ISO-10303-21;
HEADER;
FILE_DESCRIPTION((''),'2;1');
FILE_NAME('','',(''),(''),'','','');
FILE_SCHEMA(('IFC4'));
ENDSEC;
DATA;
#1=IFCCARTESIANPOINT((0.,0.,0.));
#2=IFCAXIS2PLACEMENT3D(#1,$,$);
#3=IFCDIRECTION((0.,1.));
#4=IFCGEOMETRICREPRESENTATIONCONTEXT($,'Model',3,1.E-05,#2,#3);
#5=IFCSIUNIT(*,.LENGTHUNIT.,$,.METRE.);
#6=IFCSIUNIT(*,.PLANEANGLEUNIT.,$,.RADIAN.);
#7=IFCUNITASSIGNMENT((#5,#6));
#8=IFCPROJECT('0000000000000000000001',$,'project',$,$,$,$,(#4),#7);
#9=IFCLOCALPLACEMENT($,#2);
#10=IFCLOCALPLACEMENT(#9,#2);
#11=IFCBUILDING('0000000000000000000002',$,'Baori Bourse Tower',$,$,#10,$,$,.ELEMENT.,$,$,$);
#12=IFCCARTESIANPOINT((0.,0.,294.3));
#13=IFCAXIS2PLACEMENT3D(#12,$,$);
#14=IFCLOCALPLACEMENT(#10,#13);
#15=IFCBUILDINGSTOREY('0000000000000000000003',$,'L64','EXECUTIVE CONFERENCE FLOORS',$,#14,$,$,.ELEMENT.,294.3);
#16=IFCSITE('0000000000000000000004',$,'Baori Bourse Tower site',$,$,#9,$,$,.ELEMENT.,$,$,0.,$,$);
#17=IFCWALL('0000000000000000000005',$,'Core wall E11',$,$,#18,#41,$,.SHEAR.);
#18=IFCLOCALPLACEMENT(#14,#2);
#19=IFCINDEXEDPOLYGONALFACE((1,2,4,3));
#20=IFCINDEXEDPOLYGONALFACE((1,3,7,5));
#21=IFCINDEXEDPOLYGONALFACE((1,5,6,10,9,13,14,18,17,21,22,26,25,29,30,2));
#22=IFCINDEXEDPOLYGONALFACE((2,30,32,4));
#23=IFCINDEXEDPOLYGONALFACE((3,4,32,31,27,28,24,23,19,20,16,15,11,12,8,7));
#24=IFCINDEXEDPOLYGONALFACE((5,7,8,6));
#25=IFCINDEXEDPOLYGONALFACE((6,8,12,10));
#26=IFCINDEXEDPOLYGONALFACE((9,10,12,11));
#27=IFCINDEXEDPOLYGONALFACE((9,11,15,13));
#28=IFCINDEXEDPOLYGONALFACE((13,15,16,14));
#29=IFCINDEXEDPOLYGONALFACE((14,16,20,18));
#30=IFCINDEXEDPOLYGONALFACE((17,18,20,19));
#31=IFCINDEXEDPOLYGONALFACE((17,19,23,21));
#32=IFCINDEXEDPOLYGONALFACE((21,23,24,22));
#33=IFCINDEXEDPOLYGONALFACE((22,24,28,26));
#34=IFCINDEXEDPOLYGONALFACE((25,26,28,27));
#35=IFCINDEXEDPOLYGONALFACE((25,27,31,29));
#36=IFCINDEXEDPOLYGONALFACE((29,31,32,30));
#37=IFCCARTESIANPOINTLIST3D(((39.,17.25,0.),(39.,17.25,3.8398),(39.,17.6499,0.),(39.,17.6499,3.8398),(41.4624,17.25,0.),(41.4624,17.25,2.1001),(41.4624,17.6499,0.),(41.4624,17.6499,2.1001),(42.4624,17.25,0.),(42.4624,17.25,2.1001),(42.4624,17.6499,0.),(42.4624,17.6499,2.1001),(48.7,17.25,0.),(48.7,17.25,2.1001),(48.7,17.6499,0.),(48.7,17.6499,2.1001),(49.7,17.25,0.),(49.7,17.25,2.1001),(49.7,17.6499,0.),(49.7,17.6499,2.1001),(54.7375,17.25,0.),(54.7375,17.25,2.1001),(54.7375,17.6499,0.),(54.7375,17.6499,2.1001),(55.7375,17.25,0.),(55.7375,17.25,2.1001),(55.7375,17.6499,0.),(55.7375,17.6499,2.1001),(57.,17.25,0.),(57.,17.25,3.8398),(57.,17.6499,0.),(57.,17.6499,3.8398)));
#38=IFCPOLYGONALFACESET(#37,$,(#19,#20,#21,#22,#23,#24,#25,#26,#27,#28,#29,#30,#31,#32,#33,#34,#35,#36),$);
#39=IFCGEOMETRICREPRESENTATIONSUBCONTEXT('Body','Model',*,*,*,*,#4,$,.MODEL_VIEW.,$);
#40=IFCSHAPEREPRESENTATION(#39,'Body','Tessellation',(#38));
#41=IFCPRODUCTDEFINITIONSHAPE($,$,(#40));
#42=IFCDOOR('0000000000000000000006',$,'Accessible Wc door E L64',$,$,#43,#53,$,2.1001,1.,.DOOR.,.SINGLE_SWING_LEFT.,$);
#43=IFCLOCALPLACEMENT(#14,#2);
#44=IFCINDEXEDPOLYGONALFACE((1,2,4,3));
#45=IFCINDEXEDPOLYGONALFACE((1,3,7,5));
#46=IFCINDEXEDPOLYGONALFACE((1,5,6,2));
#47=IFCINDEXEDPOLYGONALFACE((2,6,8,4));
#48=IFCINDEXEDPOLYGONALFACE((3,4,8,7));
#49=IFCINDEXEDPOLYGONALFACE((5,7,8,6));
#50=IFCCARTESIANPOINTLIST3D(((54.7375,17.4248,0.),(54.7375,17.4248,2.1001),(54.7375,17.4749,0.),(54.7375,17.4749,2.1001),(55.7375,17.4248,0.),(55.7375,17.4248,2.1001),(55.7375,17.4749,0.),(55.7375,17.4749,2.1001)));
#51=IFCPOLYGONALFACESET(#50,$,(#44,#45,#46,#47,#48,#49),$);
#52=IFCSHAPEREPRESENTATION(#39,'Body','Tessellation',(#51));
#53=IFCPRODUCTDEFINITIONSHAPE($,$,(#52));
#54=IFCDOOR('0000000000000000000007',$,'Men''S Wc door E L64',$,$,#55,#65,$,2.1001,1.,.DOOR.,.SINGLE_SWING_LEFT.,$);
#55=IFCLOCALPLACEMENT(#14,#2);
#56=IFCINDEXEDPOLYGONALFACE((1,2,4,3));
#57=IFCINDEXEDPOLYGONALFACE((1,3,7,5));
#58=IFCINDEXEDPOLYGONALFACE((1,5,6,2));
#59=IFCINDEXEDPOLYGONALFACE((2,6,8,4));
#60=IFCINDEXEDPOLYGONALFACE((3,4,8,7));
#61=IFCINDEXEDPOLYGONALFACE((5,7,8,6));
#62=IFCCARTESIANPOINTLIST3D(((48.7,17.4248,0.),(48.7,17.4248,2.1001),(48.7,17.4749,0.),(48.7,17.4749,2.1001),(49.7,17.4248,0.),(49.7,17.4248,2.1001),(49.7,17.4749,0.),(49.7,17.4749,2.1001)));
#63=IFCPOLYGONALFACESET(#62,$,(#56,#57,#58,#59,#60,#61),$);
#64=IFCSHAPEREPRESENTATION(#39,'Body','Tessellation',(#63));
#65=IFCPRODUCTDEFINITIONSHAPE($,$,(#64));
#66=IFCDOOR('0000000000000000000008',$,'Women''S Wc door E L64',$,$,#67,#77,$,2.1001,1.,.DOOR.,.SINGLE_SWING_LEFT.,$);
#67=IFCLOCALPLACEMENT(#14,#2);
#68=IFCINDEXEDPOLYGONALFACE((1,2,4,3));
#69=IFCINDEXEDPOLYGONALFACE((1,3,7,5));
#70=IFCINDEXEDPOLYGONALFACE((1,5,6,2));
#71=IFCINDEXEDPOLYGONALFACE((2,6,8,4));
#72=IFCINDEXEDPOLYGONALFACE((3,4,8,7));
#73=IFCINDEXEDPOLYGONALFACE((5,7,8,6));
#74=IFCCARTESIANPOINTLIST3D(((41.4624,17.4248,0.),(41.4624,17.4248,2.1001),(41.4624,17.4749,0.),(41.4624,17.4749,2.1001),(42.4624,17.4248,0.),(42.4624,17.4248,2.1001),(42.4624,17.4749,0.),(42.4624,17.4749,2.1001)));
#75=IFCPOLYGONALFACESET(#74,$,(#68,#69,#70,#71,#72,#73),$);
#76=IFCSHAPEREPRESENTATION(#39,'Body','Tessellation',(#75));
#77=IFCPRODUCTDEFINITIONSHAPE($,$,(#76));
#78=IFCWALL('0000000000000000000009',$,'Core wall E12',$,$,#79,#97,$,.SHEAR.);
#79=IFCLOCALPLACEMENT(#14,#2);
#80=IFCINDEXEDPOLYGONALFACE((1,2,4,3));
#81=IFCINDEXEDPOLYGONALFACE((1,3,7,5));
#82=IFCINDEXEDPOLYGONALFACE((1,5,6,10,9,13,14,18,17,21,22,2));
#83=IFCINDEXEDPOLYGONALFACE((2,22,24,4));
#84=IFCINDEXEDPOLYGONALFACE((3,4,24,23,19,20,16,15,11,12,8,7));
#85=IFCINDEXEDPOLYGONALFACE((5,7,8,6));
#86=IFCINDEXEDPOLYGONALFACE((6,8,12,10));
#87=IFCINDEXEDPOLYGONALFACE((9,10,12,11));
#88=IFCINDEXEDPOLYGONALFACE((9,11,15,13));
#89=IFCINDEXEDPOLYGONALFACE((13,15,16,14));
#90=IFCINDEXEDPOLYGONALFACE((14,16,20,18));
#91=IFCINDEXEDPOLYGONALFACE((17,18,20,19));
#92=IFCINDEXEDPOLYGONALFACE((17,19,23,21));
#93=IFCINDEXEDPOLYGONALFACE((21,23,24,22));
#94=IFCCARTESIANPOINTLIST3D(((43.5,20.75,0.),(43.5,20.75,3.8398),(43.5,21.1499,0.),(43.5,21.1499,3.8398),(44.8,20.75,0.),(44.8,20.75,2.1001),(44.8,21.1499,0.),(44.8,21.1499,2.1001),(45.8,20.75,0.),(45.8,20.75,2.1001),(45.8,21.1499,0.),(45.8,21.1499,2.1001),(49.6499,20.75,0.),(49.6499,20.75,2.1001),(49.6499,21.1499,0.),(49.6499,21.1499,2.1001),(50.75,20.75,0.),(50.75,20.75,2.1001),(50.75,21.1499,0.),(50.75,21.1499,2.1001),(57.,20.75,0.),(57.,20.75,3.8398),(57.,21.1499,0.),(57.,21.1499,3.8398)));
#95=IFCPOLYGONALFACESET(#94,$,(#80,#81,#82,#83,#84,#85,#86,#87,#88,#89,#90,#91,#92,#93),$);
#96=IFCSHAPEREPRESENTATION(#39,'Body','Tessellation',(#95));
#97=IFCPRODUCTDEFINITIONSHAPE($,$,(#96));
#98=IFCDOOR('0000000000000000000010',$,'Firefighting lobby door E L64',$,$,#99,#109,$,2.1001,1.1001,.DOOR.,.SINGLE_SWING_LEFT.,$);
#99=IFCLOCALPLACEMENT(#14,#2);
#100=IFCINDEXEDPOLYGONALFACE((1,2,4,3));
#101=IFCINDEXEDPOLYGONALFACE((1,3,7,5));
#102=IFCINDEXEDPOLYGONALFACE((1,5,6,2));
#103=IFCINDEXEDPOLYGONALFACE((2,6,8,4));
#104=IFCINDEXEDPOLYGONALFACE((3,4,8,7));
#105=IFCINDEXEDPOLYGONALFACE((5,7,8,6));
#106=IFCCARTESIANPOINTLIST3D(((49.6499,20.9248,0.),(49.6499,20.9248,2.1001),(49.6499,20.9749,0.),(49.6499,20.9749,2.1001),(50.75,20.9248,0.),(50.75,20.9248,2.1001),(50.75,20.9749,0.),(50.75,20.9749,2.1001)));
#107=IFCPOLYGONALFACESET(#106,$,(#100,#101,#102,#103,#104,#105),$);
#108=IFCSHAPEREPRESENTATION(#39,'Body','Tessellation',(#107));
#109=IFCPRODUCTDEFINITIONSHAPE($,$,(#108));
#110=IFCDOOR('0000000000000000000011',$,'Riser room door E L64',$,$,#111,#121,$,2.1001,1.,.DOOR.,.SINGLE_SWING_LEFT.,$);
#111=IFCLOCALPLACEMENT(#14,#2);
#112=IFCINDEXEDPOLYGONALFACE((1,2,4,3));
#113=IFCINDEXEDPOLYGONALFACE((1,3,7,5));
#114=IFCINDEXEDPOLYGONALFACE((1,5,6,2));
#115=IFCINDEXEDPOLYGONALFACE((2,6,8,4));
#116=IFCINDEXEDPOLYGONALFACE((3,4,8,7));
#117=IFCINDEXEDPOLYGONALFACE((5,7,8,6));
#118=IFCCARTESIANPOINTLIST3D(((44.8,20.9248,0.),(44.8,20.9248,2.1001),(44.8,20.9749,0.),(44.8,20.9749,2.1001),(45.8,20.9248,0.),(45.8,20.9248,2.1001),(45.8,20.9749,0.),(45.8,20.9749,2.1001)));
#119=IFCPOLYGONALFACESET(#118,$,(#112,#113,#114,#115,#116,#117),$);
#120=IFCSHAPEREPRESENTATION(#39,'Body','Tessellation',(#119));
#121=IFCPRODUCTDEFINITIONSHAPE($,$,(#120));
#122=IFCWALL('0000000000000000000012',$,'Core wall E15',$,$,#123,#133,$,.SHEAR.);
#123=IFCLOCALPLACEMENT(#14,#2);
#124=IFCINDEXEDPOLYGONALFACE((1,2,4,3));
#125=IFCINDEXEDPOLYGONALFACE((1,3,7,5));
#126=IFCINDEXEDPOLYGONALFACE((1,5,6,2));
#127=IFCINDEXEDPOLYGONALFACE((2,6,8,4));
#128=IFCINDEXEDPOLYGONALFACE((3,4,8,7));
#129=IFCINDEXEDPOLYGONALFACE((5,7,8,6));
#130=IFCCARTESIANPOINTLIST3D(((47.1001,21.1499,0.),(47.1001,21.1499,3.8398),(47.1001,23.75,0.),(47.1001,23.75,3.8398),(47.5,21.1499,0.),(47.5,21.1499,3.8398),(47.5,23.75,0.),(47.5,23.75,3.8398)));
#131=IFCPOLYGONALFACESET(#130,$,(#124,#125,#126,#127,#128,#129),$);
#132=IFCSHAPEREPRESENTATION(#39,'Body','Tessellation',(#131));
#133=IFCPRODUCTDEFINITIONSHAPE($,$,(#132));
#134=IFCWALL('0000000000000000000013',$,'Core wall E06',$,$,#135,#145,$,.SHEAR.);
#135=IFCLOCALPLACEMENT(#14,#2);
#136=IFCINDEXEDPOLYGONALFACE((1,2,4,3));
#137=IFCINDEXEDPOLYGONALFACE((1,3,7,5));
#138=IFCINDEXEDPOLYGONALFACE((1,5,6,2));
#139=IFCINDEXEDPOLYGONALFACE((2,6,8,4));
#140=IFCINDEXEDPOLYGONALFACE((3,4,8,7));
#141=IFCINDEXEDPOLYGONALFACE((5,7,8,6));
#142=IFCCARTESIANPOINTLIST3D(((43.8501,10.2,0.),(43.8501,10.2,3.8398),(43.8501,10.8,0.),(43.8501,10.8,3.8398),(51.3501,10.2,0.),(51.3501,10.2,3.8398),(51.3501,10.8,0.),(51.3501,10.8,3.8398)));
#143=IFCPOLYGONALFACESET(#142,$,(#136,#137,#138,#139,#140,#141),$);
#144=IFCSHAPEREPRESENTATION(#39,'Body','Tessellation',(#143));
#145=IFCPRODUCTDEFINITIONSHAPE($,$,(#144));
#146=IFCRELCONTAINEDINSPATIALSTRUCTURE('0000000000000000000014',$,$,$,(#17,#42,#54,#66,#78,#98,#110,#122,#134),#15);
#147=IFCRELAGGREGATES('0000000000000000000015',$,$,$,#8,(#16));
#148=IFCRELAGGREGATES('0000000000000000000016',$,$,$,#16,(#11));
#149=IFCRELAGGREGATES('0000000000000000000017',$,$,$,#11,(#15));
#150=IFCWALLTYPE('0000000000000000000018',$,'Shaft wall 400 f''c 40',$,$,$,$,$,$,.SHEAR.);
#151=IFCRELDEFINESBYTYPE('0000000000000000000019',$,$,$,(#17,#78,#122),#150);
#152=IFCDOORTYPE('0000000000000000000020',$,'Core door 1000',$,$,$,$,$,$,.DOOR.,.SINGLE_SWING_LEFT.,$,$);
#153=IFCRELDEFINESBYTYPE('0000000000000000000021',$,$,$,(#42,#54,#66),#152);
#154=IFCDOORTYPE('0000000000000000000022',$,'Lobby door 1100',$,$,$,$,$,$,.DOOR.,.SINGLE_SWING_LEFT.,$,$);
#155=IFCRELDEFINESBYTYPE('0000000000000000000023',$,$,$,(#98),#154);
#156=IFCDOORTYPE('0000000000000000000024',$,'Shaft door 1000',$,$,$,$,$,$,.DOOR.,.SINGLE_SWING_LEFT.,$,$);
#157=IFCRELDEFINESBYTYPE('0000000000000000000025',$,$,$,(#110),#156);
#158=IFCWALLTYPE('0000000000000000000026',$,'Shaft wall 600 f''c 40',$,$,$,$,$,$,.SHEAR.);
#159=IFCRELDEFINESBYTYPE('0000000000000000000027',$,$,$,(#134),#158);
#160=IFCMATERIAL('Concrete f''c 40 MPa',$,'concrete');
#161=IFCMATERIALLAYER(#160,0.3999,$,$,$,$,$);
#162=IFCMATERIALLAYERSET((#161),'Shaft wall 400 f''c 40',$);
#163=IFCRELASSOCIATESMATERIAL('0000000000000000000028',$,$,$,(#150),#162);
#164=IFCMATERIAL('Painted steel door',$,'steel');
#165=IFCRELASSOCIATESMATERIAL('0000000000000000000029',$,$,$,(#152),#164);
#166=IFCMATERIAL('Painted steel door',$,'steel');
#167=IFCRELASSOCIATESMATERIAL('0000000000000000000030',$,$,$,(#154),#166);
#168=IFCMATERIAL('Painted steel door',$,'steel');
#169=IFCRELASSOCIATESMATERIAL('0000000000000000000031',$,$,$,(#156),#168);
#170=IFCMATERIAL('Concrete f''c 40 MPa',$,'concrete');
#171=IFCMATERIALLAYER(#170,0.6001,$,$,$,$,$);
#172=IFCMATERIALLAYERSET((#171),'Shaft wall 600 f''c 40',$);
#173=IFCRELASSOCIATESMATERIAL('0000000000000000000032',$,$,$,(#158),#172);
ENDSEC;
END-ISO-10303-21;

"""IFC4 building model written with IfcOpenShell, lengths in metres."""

from ifc_helpers import new_model, si_unit, direction, frame, frame_2d, origin, place, context, subcontext, project, spatial, rectangle, extrude, material, layer, layer_set, type_object, element, fill, save


model = new_model("IFC4")

# Units and contexts
model_context = context("Model", 3, precision=1e-05, world=origin(), true_north=direction((0.0, 1.0)))
body_context = subcontext(model_context, "Body", "Model", "MODEL_VIEW")
ifc_project = project(units=[si_unit("LENGTHUNIT", "METRE"), si_unit("PLANEANGLEUNIT", "RADIAN")], contexts=[model_context])

# Site, building, storey
site_placement = place(None, origin())
site = spatial("IfcSite", under=ifc_project, at=site_placement, Name="Baori Bourse Tower site", CompositionType="ELEMENT", RefElevation=0.0)
building_placement = place(site_placement, origin())
building = spatial("IfcBuilding", under=site, at=building_placement, Name="Baori Bourse Tower", CompositionType="ELEMENT")
storey_placement = place(building_placement, frame((0.0, 0.0, 294.3)))
storey = spatial("IfcBuildingStorey", under=building, at=storey_placement, Name="L64", Description="EXECUTIVE CONFERENCE FLOORS", CompositionType="ELEMENT", Elevation=294.3)

# Shared definitions
ifc_material_1 = material(Name="Concrete f'c 40 MPa", Category="concrete")
ifc_layer_1 = layer(ifc_material_1, 0.3999)
ifc_layer_set_1 = layer_set([ifc_layer_1], Name="Shaft wall 400 f'c 40")
wall_type_1 = type_object("IfcWallType", Name="Shaft wall 400 f'c 40", PredefinedType="SHEAR", material=ifc_layer_set_1)

# Walls, openings, doors
wall_1_placement = place(storey_placement, frame((39.0, 17.45, 0.0), z_axis=(0.0, 0.0, 1.0), x_axis=(1.0, 0.0, 0.0)))
wall_1 = element("IfcWall", 1, at=wall_1_placement, inside=storey, type_object=wall_type_1, Name="Core wall E11", PredefinedType="SHEAR", context=body_context, shape_type="SweptSolid", body=[
    extrude(rectangle(XDim=18.0, YDim=0.3999, at=frame_2d((9.0, 0.0))), origin(), (0.0, 0.0, 1.0), 3.8398),
])
opening_1_placement = place(wall_1_placement, frame((15.7375, 0.0, 0.0)))
opening_1 = element("IfcOpeningElement", 2, at=opening_1_placement, cuts=wall_1, PredefinedType="OPENING", context=body_context, shape_type="SweptSolid", body=[
    extrude(rectangle(XDim=1.0, YDim=2.1001, at=frame_2d((0.5, 1.05))), frame((0.0, 0.21, 0.0), z_axis=(0.0, -1.0, 0.0), x_axis=(1.0, 0.0, 0.0)), (0.0, 0.0, 1.0), 0.4199),
])
opening_2_placement = place(wall_1_placement, frame((9.7, 0.0, 0.0)))
opening_2 = element("IfcOpeningElement", 3, at=opening_2_placement, cuts=wall_1, PredefinedType="OPENING", context=body_context, shape_type="SweptSolid", body=[
    extrude(rectangle(XDim=1.0, YDim=2.1001, at=frame_2d((0.5, 1.05))), frame((0.0, 0.21, 0.0), z_axis=(0.0, -1.0, 0.0), x_axis=(1.0, 0.0, 0.0)), (0.0, 0.0, 1.0), 0.4199),
])
opening_3_placement = place(wall_1_placement, frame((2.4624, 0.0, 0.0)))
opening_3 = element("IfcOpeningElement", 4, at=opening_3_placement, cuts=wall_1, PredefinedType="OPENING", context=body_context, shape_type="SweptSolid", body=[
    extrude(rectangle(XDim=1.0, YDim=2.1001, at=frame_2d((0.5, 1.05))), frame((0.0, 0.21, 0.0), z_axis=(0.0, -1.0, 0.0), x_axis=(1.0, 0.0, 0.0)), (0.0, 0.0, 1.0), 0.4199),
])
ifc_material_2 = material(Name="Painted steel door", Category="steel")
door_type_1 = type_object("IfcDoorType", Name="Core door 1000", OperationType="SINGLE_SWING_LEFT", PredefinedType="DOOR", material=ifc_material_2)
door_1_placement = place(opening_1_placement, origin())
door_1 = element("IfcDoor", 5, at=door_1_placement, inside=storey, type_object=door_type_1, Name="Accessible Wc door E L64", OperationType="SINGLE_SWING_LEFT", OverallHeight=2.1001, OverallWidth=1.0, PredefinedType="DOOR", context=body_context, shape_type="SweptSolid", body=[
    extrude(rectangle(XDim=1.0, YDim=2.1001, at=frame_2d((0.5, 1.05))), frame((0.0, 0.0249, 0.0), z_axis=(0.0, -1.0, 0.0), x_axis=(1.0, 0.0, 0.0)), (0.0, 0.0, 1.0), 0.05),
])
fill(opening_1, door_1)
door_2_placement = place(opening_2_placement, origin())
door_2 = element("IfcDoor", 6, at=door_2_placement, inside=storey, type_object=door_type_1, Name="Men'S Wc door E L64", OperationType="SINGLE_SWING_LEFT", OverallHeight=2.1001, OverallWidth=1.0, PredefinedType="DOOR", context=body_context, shape_type="SweptSolid", body=[
    extrude(rectangle(XDim=1.0, YDim=2.1001, at=frame_2d((0.5, 1.05))), frame((0.0, 0.0249, 0.0), z_axis=(0.0, -1.0, 0.0), x_axis=(1.0, 0.0, 0.0)), (0.0, 0.0, 1.0), 0.05),
])
fill(opening_2, door_2)
door_3_placement = place(opening_3_placement, origin())
door_3 = element("IfcDoor", 7, at=door_3_placement, inside=storey, type_object=door_type_1, Name="Women'S Wc door E L64", OperationType="SINGLE_SWING_LEFT", OverallHeight=2.1001, OverallWidth=1.0, PredefinedType="DOOR", context=body_context, shape_type="SweptSolid", body=[
    extrude(rectangle(XDim=1.0, YDim=2.1001, at=frame_2d((0.5, 1.05))), frame((0.0, 0.0249, 0.0), z_axis=(0.0, -1.0, 0.0), x_axis=(1.0, 0.0, 0.0)), (0.0, 0.0, 1.0), 0.05),
])
fill(opening_3, door_3)
wall_2_placement = place(storey_placement, frame((43.5, 20.95, 0.0), z_axis=(0.0, 0.0, 1.0), x_axis=(1.0, 0.0, 0.0)))
wall_2 = element("IfcWall", 8, at=wall_2_placement, inside=storey, type_object=wall_type_1, Name="Core wall E12", PredefinedType="SHEAR", context=body_context, shape_type="SweptSolid", body=[
    extrude(rectangle(XDim=13.5, YDim=0.3999, at=frame_2d((6.75, 0.0))), origin(), (0.0, 0.0, 1.0), 3.8398),
])
opening_4_placement = place(wall_2_placement, frame((6.1499, 0.0, 0.0)))
opening_4 = element("IfcOpeningElement", 9, at=opening_4_placement, cuts=wall_2, PredefinedType="OPENING", context=body_context, shape_type="SweptSolid", body=[
    extrude(rectangle(XDim=1.1001, YDim=2.1001, at=frame_2d((0.55, 1.05))), frame((0.0, 0.21, 0.0), z_axis=(0.0, -1.0, 0.0), x_axis=(1.0, 0.0, 0.0)), (0.0, 0.0, 1.0), 0.4199),
])
opening_5_placement = place(wall_2_placement, frame((1.3, 0.0, 0.0)))
opening_5 = element("IfcOpeningElement", 10, at=opening_5_placement, cuts=wall_2, PredefinedType="OPENING", context=body_context, shape_type="SweptSolid", body=[
    extrude(rectangle(XDim=1.0, YDim=2.1001, at=frame_2d((0.5, 1.05))), frame((0.0, 0.21, 0.0), z_axis=(0.0, -1.0, 0.0), x_axis=(1.0, 0.0, 0.0)), (0.0, 0.0, 1.0), 0.4199),
])
ifc_material_3 = material(Name="Painted steel door", Category="steel")
door_type_2 = type_object("IfcDoorType", Name="Lobby door 1100", OperationType="SINGLE_SWING_LEFT", PredefinedType="DOOR", material=ifc_material_3)
door_4_placement = place(opening_4_placement, origin())
door_4 = element("IfcDoor", 11, at=door_4_placement, inside=storey, type_object=door_type_2, Name="Firefighting lobby door E L64", OperationType="SINGLE_SWING_LEFT", OverallHeight=2.1001, OverallWidth=1.1001, PredefinedType="DOOR", context=body_context, shape_type="SweptSolid", body=[
    extrude(rectangle(XDim=1.1001, YDim=2.1001, at=frame_2d((0.55, 1.05))), frame((0.0, 0.0249, 0.0), z_axis=(0.0, -1.0, 0.0), x_axis=(1.0, 0.0, 0.0)), (0.0, 0.0, 1.0), 0.05),
])
fill(opening_4, door_4)
ifc_material_4 = material(Name="Painted steel door", Category="steel")
door_type_3 = type_object("IfcDoorType", Name="Shaft door 1000", OperationType="SINGLE_SWING_LEFT", PredefinedType="DOOR", material=ifc_material_4)
door_5_placement = place(opening_5_placement, origin())
door_5 = element("IfcDoor", 12, at=door_5_placement, inside=storey, type_object=door_type_3, Name="Riser room door E L64", OperationType="SINGLE_SWING_LEFT", OverallHeight=2.1001, OverallWidth=1.0, PredefinedType="DOOR", context=body_context, shape_type="SweptSolid", body=[
    extrude(rectangle(XDim=1.0, YDim=2.1001, at=frame_2d((0.5, 1.05))), frame((0.0, 0.0249, 0.0), z_axis=(0.0, -1.0, 0.0), x_axis=(1.0, 0.0, 0.0)), (0.0, 0.0, 1.0), 0.05),
])
fill(opening_5, door_5)

# Walls
wall_3_placement = place(storey_placement, frame((47.3, 21.1499, 0.0), z_axis=(0.0, 0.0, 1.0), x_axis=(0.0, 1.0, 0.0)))
element("IfcWall", 13, at=wall_3_placement, inside=storey, type_object=wall_type_1, Name="Core wall E15", PredefinedType="SHEAR", context=body_context, shape_type="SweptSolid", body=[
    extrude(rectangle(XDim=2.6001, YDim=0.3999, at=frame_2d((1.3, 0.0))), origin(), (0.0, 0.0, 1.0), 3.8398),
])
ifc_material_5 = material(Name="Concrete f'c 40 MPa", Category="concrete")
ifc_layer_2 = layer(ifc_material_5, 0.6001)
ifc_layer_set_2 = layer_set([ifc_layer_2], Name="Shaft wall 600 f'c 40")
wall_type_2 = type_object("IfcWallType", Name="Shaft wall 600 f'c 40", PredefinedType="SHEAR", material=ifc_layer_set_2)
wall_4_placement = place(storey_placement, frame((43.8501, 10.5, 0.0), z_axis=(0.0, 0.0, 1.0), x_axis=(1.0, 0.0, 0.0)))
element("IfcWall", 14, at=wall_4_placement, inside=storey, type_object=wall_type_2, Name="Core wall E06", PredefinedType="SHEAR", context=body_context, shape_type="SweptSolid", body=[
    extrude(rectangle(XDim=7.5, YDim=0.6001, at=frame_2d((3.75, 0.0))), origin(), (0.0, 0.0, 1.0), 3.8398),
])

save(model, "model.ifc")
